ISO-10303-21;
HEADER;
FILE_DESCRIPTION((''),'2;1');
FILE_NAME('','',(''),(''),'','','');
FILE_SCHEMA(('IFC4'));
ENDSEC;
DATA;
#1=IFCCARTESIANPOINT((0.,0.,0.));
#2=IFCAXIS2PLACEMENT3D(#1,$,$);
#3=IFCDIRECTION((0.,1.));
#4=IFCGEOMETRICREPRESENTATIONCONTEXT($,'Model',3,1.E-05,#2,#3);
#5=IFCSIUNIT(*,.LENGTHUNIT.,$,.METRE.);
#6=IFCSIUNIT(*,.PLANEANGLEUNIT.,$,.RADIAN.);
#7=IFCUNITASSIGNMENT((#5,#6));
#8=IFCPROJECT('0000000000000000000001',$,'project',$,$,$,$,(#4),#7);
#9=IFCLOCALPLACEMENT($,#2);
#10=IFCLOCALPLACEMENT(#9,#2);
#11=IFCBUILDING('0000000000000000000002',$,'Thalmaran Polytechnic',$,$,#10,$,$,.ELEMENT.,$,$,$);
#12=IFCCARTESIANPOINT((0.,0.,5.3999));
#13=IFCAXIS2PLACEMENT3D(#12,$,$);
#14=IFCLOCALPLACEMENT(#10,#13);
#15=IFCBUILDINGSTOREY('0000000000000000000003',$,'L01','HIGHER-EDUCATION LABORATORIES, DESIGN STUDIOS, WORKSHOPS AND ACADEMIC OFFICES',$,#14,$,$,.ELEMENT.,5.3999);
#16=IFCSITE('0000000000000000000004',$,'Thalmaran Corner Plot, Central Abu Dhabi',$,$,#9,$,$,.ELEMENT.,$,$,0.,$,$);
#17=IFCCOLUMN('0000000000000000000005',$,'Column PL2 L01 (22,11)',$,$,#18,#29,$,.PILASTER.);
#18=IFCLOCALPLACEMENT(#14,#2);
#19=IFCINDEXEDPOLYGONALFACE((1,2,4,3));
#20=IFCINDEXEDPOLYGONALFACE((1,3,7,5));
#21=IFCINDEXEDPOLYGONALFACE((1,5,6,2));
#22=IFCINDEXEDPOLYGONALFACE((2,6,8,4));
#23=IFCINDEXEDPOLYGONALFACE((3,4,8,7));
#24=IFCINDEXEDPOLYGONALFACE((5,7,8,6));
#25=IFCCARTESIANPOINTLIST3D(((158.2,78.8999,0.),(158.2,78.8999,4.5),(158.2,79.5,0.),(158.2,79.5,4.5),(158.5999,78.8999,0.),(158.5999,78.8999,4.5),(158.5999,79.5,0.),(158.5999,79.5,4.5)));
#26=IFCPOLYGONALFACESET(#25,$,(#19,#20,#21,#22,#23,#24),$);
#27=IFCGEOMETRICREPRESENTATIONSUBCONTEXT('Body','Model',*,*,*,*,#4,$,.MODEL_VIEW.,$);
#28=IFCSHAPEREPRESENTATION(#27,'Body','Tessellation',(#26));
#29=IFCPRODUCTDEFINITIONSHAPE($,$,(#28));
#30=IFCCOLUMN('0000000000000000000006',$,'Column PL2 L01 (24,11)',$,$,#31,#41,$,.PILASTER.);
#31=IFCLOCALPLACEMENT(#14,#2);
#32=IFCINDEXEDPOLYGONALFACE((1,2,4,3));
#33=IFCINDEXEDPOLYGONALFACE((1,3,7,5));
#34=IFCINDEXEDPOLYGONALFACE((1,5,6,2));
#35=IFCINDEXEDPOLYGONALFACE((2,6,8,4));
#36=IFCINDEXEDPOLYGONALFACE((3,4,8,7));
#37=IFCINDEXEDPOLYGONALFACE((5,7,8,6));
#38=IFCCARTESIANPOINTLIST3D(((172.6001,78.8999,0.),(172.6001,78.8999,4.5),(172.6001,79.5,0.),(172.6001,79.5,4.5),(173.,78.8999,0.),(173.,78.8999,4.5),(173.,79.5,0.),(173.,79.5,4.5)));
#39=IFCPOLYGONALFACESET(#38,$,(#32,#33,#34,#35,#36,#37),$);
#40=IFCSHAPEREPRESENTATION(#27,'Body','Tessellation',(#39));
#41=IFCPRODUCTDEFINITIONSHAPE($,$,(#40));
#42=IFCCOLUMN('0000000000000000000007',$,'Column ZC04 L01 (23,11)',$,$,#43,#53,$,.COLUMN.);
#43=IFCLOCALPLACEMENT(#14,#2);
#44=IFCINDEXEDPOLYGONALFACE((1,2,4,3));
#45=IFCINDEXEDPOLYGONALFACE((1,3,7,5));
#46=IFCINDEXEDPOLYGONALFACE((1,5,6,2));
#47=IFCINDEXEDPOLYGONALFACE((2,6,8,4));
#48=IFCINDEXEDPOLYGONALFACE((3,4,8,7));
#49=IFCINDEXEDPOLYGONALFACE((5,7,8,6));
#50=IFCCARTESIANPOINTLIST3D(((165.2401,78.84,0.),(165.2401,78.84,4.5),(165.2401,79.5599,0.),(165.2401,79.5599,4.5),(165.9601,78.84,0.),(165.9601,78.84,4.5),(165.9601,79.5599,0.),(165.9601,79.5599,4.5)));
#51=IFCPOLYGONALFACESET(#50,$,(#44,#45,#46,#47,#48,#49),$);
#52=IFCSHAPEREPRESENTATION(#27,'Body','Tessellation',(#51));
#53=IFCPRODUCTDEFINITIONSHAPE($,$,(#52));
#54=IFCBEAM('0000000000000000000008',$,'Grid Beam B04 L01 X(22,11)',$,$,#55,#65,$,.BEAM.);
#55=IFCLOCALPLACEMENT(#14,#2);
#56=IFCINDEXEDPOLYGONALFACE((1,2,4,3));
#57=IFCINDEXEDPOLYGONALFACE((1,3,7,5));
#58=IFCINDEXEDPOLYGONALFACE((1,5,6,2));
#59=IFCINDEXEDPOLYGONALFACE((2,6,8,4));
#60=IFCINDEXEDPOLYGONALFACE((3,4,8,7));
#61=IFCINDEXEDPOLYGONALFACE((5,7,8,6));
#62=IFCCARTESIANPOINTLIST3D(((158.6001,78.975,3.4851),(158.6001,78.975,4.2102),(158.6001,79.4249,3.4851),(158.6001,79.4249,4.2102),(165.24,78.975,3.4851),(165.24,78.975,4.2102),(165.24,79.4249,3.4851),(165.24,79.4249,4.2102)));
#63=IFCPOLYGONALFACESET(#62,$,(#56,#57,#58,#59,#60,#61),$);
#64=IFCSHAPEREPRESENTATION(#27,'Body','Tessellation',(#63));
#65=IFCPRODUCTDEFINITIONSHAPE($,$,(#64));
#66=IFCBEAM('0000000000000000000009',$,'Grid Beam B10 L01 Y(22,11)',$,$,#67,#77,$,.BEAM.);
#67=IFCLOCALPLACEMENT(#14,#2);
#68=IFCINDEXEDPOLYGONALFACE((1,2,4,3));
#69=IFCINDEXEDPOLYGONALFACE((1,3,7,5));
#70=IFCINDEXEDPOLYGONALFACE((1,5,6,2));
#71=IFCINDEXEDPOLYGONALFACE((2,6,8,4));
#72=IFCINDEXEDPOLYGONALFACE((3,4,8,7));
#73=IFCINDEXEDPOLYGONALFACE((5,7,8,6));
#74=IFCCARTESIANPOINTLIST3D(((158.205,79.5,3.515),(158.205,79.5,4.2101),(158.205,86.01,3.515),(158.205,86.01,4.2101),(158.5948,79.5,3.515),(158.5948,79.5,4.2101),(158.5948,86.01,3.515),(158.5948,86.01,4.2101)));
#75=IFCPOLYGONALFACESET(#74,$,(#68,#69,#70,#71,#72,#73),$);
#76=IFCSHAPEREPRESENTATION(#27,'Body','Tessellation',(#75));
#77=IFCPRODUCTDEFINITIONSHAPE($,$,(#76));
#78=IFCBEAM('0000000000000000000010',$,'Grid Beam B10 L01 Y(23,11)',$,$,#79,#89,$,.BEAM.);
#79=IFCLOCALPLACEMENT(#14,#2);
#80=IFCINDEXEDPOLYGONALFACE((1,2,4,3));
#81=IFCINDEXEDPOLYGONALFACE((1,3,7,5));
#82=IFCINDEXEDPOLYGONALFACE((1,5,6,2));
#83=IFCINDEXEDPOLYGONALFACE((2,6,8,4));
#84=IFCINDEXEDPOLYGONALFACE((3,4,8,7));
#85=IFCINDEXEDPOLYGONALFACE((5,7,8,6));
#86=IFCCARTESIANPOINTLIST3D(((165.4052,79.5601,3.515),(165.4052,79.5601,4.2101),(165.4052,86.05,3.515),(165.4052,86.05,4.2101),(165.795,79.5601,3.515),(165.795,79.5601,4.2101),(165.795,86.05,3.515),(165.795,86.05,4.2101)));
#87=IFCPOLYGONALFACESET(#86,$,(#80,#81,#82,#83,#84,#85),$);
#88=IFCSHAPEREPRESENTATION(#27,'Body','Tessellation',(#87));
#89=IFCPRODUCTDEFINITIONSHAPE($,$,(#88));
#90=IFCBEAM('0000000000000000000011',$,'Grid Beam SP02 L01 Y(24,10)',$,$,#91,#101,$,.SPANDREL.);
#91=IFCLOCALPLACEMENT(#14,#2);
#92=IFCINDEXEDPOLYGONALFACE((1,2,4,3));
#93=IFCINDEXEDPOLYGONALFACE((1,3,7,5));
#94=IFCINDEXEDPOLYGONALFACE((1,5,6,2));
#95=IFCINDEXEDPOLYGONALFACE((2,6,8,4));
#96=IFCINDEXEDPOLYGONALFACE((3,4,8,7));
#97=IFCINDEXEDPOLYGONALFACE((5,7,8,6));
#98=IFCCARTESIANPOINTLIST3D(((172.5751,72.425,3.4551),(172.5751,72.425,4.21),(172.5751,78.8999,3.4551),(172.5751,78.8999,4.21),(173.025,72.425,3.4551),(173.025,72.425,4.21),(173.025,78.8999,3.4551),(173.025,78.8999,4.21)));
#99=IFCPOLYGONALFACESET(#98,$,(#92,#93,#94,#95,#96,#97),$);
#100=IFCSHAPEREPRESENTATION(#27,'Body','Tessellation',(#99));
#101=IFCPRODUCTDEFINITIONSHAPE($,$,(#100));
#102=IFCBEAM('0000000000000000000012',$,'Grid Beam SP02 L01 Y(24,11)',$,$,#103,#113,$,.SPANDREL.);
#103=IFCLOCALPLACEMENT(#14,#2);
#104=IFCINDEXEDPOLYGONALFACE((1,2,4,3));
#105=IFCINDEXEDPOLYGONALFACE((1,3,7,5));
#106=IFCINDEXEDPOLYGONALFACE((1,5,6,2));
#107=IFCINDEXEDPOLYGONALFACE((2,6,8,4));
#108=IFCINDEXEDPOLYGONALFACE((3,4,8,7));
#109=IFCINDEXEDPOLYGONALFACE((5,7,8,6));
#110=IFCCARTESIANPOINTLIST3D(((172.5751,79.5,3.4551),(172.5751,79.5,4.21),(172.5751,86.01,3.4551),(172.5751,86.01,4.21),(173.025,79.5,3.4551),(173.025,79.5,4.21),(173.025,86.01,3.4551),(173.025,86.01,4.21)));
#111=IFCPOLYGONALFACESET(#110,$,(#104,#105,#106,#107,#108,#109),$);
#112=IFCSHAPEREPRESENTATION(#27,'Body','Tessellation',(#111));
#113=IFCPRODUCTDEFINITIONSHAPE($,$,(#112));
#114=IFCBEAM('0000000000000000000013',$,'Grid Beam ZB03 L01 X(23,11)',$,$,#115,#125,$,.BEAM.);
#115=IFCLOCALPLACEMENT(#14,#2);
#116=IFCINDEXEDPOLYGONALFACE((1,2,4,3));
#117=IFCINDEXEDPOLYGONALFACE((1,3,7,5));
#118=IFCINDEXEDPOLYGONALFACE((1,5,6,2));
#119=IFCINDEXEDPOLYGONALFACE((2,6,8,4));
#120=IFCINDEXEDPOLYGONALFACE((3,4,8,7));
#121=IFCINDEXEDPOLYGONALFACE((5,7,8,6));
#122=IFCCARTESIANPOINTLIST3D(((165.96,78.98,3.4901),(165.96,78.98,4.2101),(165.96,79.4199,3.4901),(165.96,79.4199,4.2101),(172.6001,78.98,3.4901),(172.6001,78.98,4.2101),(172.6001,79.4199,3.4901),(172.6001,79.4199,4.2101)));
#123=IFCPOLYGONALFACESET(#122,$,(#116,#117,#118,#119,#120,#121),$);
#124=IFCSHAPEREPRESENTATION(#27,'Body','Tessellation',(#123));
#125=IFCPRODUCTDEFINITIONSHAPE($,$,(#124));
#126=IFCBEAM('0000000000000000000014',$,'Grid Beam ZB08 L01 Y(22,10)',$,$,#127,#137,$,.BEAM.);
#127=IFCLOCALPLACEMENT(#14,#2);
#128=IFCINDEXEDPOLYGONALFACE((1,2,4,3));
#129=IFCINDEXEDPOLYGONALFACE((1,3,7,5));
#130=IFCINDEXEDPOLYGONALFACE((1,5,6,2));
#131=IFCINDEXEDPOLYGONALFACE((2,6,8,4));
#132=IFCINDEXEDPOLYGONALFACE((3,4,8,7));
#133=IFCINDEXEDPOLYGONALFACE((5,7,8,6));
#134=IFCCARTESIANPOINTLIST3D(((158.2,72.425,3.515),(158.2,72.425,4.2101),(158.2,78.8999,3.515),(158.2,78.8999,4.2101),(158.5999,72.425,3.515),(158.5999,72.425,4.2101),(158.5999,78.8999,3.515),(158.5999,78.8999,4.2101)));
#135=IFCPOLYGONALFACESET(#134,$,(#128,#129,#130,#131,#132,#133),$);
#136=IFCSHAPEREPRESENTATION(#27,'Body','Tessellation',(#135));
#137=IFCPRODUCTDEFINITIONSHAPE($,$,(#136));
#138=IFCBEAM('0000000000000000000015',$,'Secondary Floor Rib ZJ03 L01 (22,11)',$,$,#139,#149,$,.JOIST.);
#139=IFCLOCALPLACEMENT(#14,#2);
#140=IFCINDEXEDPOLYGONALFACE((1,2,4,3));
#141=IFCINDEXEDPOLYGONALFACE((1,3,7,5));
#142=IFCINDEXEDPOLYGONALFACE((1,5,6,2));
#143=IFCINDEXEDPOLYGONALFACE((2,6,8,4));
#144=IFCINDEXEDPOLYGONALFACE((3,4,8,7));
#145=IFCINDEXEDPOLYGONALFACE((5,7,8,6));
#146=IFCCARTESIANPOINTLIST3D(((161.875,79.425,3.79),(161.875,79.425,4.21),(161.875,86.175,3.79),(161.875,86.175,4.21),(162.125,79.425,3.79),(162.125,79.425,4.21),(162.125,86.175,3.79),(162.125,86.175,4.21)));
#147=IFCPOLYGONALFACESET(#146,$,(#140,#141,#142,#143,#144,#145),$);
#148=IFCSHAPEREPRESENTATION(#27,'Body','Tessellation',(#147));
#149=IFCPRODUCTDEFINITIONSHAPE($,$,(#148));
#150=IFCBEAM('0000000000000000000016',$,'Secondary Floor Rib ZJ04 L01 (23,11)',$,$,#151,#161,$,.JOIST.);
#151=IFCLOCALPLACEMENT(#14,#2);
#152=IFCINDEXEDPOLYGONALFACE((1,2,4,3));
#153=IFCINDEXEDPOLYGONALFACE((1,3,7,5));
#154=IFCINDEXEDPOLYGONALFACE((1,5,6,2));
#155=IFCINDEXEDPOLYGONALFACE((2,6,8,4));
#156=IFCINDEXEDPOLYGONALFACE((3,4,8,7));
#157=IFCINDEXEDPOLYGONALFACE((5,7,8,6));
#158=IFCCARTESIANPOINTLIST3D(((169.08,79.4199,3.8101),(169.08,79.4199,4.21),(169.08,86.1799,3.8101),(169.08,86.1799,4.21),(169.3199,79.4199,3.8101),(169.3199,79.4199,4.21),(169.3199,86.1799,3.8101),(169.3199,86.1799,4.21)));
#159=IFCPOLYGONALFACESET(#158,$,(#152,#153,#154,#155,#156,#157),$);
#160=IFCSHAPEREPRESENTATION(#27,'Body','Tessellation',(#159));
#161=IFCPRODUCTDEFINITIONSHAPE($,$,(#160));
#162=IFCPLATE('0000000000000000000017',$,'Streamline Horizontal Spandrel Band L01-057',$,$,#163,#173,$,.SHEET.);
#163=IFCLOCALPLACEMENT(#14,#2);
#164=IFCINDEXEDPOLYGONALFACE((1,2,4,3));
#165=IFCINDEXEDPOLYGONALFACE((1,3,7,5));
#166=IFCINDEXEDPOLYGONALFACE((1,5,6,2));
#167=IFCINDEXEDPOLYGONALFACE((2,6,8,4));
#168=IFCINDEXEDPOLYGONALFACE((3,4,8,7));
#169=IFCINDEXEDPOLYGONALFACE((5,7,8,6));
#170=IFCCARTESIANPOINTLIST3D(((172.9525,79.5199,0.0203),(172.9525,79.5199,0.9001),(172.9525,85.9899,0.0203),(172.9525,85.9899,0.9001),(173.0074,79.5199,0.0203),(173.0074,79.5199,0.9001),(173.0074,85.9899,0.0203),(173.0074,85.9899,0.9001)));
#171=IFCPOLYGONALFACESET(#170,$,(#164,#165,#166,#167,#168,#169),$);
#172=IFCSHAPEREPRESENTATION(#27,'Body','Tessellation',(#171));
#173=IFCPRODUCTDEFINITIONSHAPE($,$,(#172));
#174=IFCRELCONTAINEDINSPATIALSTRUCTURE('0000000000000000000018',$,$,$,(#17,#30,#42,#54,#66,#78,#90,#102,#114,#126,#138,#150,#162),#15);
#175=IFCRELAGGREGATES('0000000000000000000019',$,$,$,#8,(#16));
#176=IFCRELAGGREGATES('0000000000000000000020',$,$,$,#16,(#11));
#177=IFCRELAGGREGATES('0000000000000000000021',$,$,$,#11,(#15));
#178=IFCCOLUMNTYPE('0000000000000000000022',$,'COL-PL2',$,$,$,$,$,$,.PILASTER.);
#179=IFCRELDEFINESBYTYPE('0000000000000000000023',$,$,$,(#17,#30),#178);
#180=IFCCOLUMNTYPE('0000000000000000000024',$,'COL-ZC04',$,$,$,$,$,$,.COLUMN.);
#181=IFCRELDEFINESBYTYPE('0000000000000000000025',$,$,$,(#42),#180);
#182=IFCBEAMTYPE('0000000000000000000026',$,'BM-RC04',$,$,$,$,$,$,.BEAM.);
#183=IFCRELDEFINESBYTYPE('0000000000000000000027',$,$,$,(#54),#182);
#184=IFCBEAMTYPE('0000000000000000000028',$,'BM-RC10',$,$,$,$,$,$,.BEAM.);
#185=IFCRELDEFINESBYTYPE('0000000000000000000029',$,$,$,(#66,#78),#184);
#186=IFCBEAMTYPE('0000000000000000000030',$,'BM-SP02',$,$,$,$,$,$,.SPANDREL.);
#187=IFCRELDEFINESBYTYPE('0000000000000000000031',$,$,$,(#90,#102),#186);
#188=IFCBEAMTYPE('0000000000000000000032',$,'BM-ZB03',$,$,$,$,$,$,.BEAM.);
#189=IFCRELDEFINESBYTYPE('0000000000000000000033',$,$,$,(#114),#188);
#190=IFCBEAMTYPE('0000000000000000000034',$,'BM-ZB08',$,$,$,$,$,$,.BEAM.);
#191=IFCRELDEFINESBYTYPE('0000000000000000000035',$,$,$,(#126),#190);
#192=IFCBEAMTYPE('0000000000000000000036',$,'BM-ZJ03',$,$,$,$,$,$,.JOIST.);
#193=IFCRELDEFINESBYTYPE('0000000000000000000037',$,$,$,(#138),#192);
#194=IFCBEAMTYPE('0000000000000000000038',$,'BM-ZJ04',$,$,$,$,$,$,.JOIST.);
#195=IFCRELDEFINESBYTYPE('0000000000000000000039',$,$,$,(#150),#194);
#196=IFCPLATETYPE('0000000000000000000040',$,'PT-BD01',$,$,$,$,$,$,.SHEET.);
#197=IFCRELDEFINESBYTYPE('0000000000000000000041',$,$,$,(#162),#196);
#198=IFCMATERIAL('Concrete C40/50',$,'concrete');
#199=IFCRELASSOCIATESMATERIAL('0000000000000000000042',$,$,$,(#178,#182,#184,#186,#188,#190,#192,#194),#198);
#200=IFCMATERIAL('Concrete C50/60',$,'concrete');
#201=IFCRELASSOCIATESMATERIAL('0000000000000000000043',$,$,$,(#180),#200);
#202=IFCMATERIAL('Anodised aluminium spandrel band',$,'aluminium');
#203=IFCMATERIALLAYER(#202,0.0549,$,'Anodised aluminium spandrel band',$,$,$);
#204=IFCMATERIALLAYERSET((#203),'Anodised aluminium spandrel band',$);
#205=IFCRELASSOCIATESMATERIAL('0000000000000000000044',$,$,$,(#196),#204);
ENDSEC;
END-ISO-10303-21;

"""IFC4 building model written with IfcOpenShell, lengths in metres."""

from ifc_helpers import new_model, si_unit, direction, frame, origin, origin_2d, place, context, subcontext, project, spatial, rectangle, extrude, material, layer, layer_set, material_profile, profile_set, type_object, element, save


model = new_model("IFC4")

# Units and contexts
model_context = context("Model", 3, precision=1e-05, world=origin(), true_north=direction((0.0, 1.0)))
body_context = subcontext(model_context, "Body", "Model", "MODEL_VIEW")
ifc_project = project(units=[si_unit("LENGTHUNIT", "METRE"), si_unit("PLANEANGLEUNIT", "RADIAN")], contexts=[model_context])

# Site, building, storey
site_placement = place(None, origin())
site = spatial("IfcSite", under=ifc_project, at=site_placement, Name="Thalmaran Corner Plot, Central Abu Dhabi", CompositionType="ELEMENT", RefElevation=0.0)
building_placement = place(site_placement, origin())
building = spatial("IfcBuilding", under=site, at=building_placement, Name="Thalmaran Polytechnic", CompositionType="ELEMENT")
storey_placement = place(building_placement, frame((0.0, 0.0, 5.3999)))
storey = spatial("IfcBuildingStorey", under=building, at=storey_placement, Name="L01", Description="HIGHER-EDUCATION LABORATORIES, DESIGN STUDIOS, WORKSHOPS AND ACADEMIC OFFICES", CompositionType="ELEMENT", Elevation=5.3999)

# Columns
ifc_material_1 = material(Name="Concrete C40/50", Category="concrete")
ifc_material_profile_1 = material_profile(ifc_material_1, rectangle(XDim=0.3999, YDim=0.6001, at=origin_2d()), Name="RC 400x600")
ifc_profile_set_1 = profile_set([ifc_material_profile_1], Name="Concrete C40/50")
column_type_1 = type_object("IfcColumnType", Name="COL-PL2", PredefinedType="PILASTER", material=ifc_profile_set_1)
for number, where, z_axis, x_axis, name in (
    (1, (158.3999, 79.2, 0.0), (0.0, 0.0, 1.0), (1.0, 0.0, 0.0), "Column PL2 L01 (22,11)"),
    (2, (172.8, 79.2, 0.0), (0.0, 0.0, 1.0), (1.0, 0.0, 0.0), "Column PL2 L01 (24,11)"),
):
    element("IfcColumn", number, at=place(storey_placement, frame(where, z_axis=z_axis, x_axis=x_axis)), inside=storey, type_object=column_type_1, Name=name, PredefinedType="PILASTER", context=body_context, shape_type="SweptSolid", body=[
        extrude(rectangle(XDim=0.3999, YDim=0.6001, at=origin_2d()), origin(), (0.0, 0.0, 1.0), 4.5),
    ])
ifc_material_2 = material(Name="Concrete C50/60", Category="concrete")
ifc_material_profile_2 = material_profile(ifc_material_2, rectangle(XDim=0.72, YDim=0.72, at=origin_2d()), Name="RC 720x720")
ifc_profile_set_2 = profile_set([ifc_material_profile_2], Name="Concrete C50/60")
column_type_2 = type_object("IfcColumnType", Name="COL-ZC04", PredefinedType="COLUMN", material=ifc_profile_set_2)
column_placement = place(storey_placement, frame((165.6001, 79.2, 0.0), z_axis=(0.0, 0.0, 1.0), x_axis=(1.0, 0.0, 0.0)))
element("IfcColumn", 3, at=column_placement, inside=storey, type_object=column_type_2, Name="Column ZC04 L01 (23,11)", PredefinedType="COLUMN", context=body_context, shape_type="SweptSolid", body=[
    extrude(rectangle(XDim=0.72, YDim=0.72, at=origin_2d()), origin(), (0.0, 0.0, 1.0), 4.5),
])

# Beams
ifc_material_profile_3 = material_profile(ifc_material_1, rectangle(XDim=0.45, YDim=0.7251, at=origin_2d()), Name="RC 450x725")
ifc_profile_set_3 = profile_set([ifc_material_profile_3], Name="Concrete C40/50")
beam_type_1 = type_object("IfcBeamType", Name="BM-RC04", PredefinedType="BEAM", material=ifc_profile_set_3)
beam_1_placement = place(storey_placement, frame((158.6001, 79.2, 3.8477), z_axis=(1.0, 0.0, 0.0), x_axis=(0.0, 1.0, 0.0)))
element("IfcBeam", 4, at=beam_1_placement, inside=storey, type_object=beam_type_1, Name="Grid Beam B04 L01 X(22,11)", PredefinedType="BEAM", context=body_context, shape_type="SweptSolid", body=[
    extrude(rectangle(XDim=0.45, YDim=0.7251, at=origin_2d()), origin(), (0.0, 0.0, 1.0), 6.6399),
])
ifc_material_profile_4 = material_profile(ifc_material_1, rectangle(XDim=0.3899, YDim=0.6951, at=origin_2d()), Name="RC 390x695")
ifc_profile_set_4 = profile_set([ifc_material_profile_4], Name="Concrete C40/50")
beam_type_2 = type_object("IfcBeamType", Name="BM-RC10", PredefinedType="BEAM", material=ifc_profile_set_4)
beam_2_placement = place(storey_placement, frame((158.3999, 79.5, 3.8625), z_axis=(0.0, 1.0, 0.0), x_axis=(-1.0, 0.0, 0.0)))
element("IfcBeam", 5, at=beam_2_placement, inside=storey, type_object=beam_type_2, Name="Grid Beam B10 L01 Y(22,11)", PredefinedType="BEAM", context=body_context, shape_type="SweptSolid", body=[
    extrude(rectangle(XDim=0.3899, YDim=0.6951, at=origin_2d()), origin(), (0.0, 0.0, 1.0), 6.51),
])
beam_3_placement = place(storey_placement, frame((165.6001, 79.5601, 3.8625), z_axis=(0.0, 1.0, 0.0), x_axis=(-1.0, 0.0, 0.0)))
element("IfcBeam", 6, at=beam_3_placement, inside=storey, type_object=beam_type_2, Name="Grid Beam B10 L01 Y(23,11)", PredefinedType="BEAM", context=body_context, shape_type="SweptSolid", body=[
    extrude(rectangle(XDim=0.3899, YDim=0.6951, at=origin_2d()), origin(), (0.0, 0.0, 1.0), 6.49),
])
ifc_material_profile_5 = material_profile(ifc_material_1, rectangle(XDim=0.45, YDim=0.7549, at=origin_2d()), Name="RC 450x755")
ifc_profile_set_5 = profile_set([ifc_material_profile_5], Name="Concrete C40/50")
beam_type_3 = type_object("IfcBeamType", Name="BM-SP02", PredefinedType="SPANDREL", material=ifc_profile_set_5)
beam_4_placement = place(storey_placement, frame((172.8, 72.425, 3.8325), z_axis=(0.0, 1.0, 0.0), x_axis=(-1.0, 0.0, 0.0)))
element("IfcBeam", 7, at=beam_4_placement, inside=storey, type_object=beam_type_3, Name="Grid Beam SP02 L01 Y(24,10)", PredefinedType="SPANDREL", context=body_context, shape_type="SweptSolid", body=[
    extrude(rectangle(XDim=0.45, YDim=0.7549, at=origin_2d()), origin(), (0.0, 0.0, 1.0), 6.4749),
])
beam_5_placement = place(storey_placement, frame((172.8, 79.5, 3.8325), z_axis=(0.0, 1.0, 0.0), x_axis=(-1.0, 0.0, 0.0)))
element("IfcBeam", 8, at=beam_5_placement, inside=storey, type_object=beam_type_3, Name="Grid Beam SP02 L01 Y(24,11)", PredefinedType="SPANDREL", context=body_context, shape_type="SweptSolid", body=[
    extrude(rectangle(XDim=0.45, YDim=0.7549, at=origin_2d()), origin(), (0.0, 0.0, 1.0), 6.51),
])
ifc_material_profile_6 = material_profile(ifc_material_1, rectangle(XDim=0.4399, YDim=0.72, at=origin_2d()), Name="RC 440x720")
ifc_profile_set_6 = profile_set([ifc_material_profile_6], Name="Concrete C40/50")
beam_type_4 = type_object("IfcBeamType", Name="BM-ZB03", PredefinedType="BEAM", material=ifc_profile_set_6)
beam_6_placement = place(storey_placement, frame((165.96, 79.2, 3.8501), z_axis=(1.0, 0.0, 0.0), x_axis=(0.0, 1.0, 0.0)))
element("IfcBeam", 9, at=beam_6_placement, inside=storey, type_object=beam_type_4, Name="Grid Beam ZB03 L01 X(23,11)", PredefinedType="BEAM", context=body_context, shape_type="SweptSolid", body=[
    extrude(rectangle(XDim=0.4399, YDim=0.72, at=origin_2d()), origin(), (0.0, 0.0, 1.0), 6.6401),
])
ifc_material_profile_7 = material_profile(ifc_material_1, rectangle(XDim=0.3999, YDim=0.6951, at=origin_2d()), Name="RC 400x695")
ifc_profile_set_7 = profile_set([ifc_material_profile_7], Name="Concrete C40/50")
beam_type_5 = type_object("IfcBeamType", Name="BM-ZB08", PredefinedType="BEAM", material=ifc_profile_set_7)
beam_7_placement = place(storey_placement, frame((158.3999, 72.425, 3.8625), z_axis=(0.0, 1.0, 0.0), x_axis=(-1.0, 0.0, 0.0)))
element("IfcBeam", 10, at=beam_7_placement, inside=storey, type_object=beam_type_5, Name="Grid Beam ZB08 L01 Y(22,10)", PredefinedType="BEAM", context=body_context, shape_type="SweptSolid", body=[
    extrude(rectangle(XDim=0.3999, YDim=0.6951, at=origin_2d()), origin(), (0.0, 0.0, 1.0), 6.4749),
])
ifc_material_profile_8 = material_profile(ifc_material_1, rectangle(XDim=0.25, YDim=0.4199, at=origin_2d()), Name="RC 250x420")
ifc_profile_set_8 = profile_set([ifc_material_profile_8], Name="Concrete C40/50")
beam_type_6 = type_object("IfcBeamType", Name="BM-ZJ03", PredefinedType="JOIST", material=ifc_profile_set_8)
beam_8_placement = place(storey_placement, frame((162.0, 79.425, 4.0), z_axis=(0.0, 1.0, 0.0), x_axis=(-1.0, 0.0, 0.0)))
element("IfcBeam", 11, at=beam_8_placement, inside=storey, type_object=beam_type_6, Name="Secondary Floor Rib ZJ03 L01 (22,11)", PredefinedType="JOIST", context=body_context, shape_type="SweptSolid", body=[
    extrude(rectangle(XDim=0.25, YDim=0.4199, at=origin_2d()), origin(), (0.0, 0.0, 1.0), 6.75),
])
ifc_material_profile_9 = material_profile(ifc_material_1, rectangle(XDim=0.24, YDim=0.3999, at=origin_2d()), Name="RC 240x400")
ifc_profile_set_9 = profile_set([ifc_material_profile_9], Name="Concrete C40/50")
beam_type_7 = type_object("IfcBeamType", Name="BM-ZJ04", PredefinedType="JOIST", material=ifc_profile_set_9)
beam_9_placement = place(storey_placement, frame((169.2, 79.4199, 4.01), z_axis=(0.0, 1.0, 0.0), x_axis=(-1.0, 0.0, 0.0)))
element("IfcBeam", 12, at=beam_9_placement, inside=storey, type_object=beam_type_7, Name="Secondary Floor Rib ZJ04 L01 (23,11)", PredefinedType="JOIST", context=body_context, shape_type="SweptSolid", body=[
    extrude(rectangle(XDim=0.24, YDim=0.3999, at=origin_2d()), origin(), (0.0, 0.0, 1.0), 6.76),
])

# Plate
ifc_material_3 = material(Name="Anodised aluminium spandrel band", Category="aluminium")
ifc_layer_1 = layer(ifc_material_3, 0.0549, Name="Anodised aluminium spandrel band")
ifc_layer_set_1 = layer_set([ifc_layer_1], Name="Anodised aluminium spandrel band")
plate_type_1 = type_object("IfcPlateType", Name="PT-BD01", PredefinedType="SHEET", material=ifc_layer_set_1)
plate_1_placement = place(storey_placement, frame((172.98, 82.7549, 0.0203), z_axis=(0.0, 0.0, 1.0), x_axis=(0.0, -1.0, 0.0)))
element("IfcPlate", 13, at=plate_1_placement, inside=storey, type_object=plate_type_1, Name="Streamline Horizontal Spandrel Band L01-057", PredefinedType="SHEET", context=body_context, shape_type="SweptSolid", body=[
    extrude(rectangle(XDim=6.47, YDim=0.0549, at=origin_2d()), origin(), (0.0, 0.0, 1.0), 0.8799),
])

save(model, "model.ifc")
